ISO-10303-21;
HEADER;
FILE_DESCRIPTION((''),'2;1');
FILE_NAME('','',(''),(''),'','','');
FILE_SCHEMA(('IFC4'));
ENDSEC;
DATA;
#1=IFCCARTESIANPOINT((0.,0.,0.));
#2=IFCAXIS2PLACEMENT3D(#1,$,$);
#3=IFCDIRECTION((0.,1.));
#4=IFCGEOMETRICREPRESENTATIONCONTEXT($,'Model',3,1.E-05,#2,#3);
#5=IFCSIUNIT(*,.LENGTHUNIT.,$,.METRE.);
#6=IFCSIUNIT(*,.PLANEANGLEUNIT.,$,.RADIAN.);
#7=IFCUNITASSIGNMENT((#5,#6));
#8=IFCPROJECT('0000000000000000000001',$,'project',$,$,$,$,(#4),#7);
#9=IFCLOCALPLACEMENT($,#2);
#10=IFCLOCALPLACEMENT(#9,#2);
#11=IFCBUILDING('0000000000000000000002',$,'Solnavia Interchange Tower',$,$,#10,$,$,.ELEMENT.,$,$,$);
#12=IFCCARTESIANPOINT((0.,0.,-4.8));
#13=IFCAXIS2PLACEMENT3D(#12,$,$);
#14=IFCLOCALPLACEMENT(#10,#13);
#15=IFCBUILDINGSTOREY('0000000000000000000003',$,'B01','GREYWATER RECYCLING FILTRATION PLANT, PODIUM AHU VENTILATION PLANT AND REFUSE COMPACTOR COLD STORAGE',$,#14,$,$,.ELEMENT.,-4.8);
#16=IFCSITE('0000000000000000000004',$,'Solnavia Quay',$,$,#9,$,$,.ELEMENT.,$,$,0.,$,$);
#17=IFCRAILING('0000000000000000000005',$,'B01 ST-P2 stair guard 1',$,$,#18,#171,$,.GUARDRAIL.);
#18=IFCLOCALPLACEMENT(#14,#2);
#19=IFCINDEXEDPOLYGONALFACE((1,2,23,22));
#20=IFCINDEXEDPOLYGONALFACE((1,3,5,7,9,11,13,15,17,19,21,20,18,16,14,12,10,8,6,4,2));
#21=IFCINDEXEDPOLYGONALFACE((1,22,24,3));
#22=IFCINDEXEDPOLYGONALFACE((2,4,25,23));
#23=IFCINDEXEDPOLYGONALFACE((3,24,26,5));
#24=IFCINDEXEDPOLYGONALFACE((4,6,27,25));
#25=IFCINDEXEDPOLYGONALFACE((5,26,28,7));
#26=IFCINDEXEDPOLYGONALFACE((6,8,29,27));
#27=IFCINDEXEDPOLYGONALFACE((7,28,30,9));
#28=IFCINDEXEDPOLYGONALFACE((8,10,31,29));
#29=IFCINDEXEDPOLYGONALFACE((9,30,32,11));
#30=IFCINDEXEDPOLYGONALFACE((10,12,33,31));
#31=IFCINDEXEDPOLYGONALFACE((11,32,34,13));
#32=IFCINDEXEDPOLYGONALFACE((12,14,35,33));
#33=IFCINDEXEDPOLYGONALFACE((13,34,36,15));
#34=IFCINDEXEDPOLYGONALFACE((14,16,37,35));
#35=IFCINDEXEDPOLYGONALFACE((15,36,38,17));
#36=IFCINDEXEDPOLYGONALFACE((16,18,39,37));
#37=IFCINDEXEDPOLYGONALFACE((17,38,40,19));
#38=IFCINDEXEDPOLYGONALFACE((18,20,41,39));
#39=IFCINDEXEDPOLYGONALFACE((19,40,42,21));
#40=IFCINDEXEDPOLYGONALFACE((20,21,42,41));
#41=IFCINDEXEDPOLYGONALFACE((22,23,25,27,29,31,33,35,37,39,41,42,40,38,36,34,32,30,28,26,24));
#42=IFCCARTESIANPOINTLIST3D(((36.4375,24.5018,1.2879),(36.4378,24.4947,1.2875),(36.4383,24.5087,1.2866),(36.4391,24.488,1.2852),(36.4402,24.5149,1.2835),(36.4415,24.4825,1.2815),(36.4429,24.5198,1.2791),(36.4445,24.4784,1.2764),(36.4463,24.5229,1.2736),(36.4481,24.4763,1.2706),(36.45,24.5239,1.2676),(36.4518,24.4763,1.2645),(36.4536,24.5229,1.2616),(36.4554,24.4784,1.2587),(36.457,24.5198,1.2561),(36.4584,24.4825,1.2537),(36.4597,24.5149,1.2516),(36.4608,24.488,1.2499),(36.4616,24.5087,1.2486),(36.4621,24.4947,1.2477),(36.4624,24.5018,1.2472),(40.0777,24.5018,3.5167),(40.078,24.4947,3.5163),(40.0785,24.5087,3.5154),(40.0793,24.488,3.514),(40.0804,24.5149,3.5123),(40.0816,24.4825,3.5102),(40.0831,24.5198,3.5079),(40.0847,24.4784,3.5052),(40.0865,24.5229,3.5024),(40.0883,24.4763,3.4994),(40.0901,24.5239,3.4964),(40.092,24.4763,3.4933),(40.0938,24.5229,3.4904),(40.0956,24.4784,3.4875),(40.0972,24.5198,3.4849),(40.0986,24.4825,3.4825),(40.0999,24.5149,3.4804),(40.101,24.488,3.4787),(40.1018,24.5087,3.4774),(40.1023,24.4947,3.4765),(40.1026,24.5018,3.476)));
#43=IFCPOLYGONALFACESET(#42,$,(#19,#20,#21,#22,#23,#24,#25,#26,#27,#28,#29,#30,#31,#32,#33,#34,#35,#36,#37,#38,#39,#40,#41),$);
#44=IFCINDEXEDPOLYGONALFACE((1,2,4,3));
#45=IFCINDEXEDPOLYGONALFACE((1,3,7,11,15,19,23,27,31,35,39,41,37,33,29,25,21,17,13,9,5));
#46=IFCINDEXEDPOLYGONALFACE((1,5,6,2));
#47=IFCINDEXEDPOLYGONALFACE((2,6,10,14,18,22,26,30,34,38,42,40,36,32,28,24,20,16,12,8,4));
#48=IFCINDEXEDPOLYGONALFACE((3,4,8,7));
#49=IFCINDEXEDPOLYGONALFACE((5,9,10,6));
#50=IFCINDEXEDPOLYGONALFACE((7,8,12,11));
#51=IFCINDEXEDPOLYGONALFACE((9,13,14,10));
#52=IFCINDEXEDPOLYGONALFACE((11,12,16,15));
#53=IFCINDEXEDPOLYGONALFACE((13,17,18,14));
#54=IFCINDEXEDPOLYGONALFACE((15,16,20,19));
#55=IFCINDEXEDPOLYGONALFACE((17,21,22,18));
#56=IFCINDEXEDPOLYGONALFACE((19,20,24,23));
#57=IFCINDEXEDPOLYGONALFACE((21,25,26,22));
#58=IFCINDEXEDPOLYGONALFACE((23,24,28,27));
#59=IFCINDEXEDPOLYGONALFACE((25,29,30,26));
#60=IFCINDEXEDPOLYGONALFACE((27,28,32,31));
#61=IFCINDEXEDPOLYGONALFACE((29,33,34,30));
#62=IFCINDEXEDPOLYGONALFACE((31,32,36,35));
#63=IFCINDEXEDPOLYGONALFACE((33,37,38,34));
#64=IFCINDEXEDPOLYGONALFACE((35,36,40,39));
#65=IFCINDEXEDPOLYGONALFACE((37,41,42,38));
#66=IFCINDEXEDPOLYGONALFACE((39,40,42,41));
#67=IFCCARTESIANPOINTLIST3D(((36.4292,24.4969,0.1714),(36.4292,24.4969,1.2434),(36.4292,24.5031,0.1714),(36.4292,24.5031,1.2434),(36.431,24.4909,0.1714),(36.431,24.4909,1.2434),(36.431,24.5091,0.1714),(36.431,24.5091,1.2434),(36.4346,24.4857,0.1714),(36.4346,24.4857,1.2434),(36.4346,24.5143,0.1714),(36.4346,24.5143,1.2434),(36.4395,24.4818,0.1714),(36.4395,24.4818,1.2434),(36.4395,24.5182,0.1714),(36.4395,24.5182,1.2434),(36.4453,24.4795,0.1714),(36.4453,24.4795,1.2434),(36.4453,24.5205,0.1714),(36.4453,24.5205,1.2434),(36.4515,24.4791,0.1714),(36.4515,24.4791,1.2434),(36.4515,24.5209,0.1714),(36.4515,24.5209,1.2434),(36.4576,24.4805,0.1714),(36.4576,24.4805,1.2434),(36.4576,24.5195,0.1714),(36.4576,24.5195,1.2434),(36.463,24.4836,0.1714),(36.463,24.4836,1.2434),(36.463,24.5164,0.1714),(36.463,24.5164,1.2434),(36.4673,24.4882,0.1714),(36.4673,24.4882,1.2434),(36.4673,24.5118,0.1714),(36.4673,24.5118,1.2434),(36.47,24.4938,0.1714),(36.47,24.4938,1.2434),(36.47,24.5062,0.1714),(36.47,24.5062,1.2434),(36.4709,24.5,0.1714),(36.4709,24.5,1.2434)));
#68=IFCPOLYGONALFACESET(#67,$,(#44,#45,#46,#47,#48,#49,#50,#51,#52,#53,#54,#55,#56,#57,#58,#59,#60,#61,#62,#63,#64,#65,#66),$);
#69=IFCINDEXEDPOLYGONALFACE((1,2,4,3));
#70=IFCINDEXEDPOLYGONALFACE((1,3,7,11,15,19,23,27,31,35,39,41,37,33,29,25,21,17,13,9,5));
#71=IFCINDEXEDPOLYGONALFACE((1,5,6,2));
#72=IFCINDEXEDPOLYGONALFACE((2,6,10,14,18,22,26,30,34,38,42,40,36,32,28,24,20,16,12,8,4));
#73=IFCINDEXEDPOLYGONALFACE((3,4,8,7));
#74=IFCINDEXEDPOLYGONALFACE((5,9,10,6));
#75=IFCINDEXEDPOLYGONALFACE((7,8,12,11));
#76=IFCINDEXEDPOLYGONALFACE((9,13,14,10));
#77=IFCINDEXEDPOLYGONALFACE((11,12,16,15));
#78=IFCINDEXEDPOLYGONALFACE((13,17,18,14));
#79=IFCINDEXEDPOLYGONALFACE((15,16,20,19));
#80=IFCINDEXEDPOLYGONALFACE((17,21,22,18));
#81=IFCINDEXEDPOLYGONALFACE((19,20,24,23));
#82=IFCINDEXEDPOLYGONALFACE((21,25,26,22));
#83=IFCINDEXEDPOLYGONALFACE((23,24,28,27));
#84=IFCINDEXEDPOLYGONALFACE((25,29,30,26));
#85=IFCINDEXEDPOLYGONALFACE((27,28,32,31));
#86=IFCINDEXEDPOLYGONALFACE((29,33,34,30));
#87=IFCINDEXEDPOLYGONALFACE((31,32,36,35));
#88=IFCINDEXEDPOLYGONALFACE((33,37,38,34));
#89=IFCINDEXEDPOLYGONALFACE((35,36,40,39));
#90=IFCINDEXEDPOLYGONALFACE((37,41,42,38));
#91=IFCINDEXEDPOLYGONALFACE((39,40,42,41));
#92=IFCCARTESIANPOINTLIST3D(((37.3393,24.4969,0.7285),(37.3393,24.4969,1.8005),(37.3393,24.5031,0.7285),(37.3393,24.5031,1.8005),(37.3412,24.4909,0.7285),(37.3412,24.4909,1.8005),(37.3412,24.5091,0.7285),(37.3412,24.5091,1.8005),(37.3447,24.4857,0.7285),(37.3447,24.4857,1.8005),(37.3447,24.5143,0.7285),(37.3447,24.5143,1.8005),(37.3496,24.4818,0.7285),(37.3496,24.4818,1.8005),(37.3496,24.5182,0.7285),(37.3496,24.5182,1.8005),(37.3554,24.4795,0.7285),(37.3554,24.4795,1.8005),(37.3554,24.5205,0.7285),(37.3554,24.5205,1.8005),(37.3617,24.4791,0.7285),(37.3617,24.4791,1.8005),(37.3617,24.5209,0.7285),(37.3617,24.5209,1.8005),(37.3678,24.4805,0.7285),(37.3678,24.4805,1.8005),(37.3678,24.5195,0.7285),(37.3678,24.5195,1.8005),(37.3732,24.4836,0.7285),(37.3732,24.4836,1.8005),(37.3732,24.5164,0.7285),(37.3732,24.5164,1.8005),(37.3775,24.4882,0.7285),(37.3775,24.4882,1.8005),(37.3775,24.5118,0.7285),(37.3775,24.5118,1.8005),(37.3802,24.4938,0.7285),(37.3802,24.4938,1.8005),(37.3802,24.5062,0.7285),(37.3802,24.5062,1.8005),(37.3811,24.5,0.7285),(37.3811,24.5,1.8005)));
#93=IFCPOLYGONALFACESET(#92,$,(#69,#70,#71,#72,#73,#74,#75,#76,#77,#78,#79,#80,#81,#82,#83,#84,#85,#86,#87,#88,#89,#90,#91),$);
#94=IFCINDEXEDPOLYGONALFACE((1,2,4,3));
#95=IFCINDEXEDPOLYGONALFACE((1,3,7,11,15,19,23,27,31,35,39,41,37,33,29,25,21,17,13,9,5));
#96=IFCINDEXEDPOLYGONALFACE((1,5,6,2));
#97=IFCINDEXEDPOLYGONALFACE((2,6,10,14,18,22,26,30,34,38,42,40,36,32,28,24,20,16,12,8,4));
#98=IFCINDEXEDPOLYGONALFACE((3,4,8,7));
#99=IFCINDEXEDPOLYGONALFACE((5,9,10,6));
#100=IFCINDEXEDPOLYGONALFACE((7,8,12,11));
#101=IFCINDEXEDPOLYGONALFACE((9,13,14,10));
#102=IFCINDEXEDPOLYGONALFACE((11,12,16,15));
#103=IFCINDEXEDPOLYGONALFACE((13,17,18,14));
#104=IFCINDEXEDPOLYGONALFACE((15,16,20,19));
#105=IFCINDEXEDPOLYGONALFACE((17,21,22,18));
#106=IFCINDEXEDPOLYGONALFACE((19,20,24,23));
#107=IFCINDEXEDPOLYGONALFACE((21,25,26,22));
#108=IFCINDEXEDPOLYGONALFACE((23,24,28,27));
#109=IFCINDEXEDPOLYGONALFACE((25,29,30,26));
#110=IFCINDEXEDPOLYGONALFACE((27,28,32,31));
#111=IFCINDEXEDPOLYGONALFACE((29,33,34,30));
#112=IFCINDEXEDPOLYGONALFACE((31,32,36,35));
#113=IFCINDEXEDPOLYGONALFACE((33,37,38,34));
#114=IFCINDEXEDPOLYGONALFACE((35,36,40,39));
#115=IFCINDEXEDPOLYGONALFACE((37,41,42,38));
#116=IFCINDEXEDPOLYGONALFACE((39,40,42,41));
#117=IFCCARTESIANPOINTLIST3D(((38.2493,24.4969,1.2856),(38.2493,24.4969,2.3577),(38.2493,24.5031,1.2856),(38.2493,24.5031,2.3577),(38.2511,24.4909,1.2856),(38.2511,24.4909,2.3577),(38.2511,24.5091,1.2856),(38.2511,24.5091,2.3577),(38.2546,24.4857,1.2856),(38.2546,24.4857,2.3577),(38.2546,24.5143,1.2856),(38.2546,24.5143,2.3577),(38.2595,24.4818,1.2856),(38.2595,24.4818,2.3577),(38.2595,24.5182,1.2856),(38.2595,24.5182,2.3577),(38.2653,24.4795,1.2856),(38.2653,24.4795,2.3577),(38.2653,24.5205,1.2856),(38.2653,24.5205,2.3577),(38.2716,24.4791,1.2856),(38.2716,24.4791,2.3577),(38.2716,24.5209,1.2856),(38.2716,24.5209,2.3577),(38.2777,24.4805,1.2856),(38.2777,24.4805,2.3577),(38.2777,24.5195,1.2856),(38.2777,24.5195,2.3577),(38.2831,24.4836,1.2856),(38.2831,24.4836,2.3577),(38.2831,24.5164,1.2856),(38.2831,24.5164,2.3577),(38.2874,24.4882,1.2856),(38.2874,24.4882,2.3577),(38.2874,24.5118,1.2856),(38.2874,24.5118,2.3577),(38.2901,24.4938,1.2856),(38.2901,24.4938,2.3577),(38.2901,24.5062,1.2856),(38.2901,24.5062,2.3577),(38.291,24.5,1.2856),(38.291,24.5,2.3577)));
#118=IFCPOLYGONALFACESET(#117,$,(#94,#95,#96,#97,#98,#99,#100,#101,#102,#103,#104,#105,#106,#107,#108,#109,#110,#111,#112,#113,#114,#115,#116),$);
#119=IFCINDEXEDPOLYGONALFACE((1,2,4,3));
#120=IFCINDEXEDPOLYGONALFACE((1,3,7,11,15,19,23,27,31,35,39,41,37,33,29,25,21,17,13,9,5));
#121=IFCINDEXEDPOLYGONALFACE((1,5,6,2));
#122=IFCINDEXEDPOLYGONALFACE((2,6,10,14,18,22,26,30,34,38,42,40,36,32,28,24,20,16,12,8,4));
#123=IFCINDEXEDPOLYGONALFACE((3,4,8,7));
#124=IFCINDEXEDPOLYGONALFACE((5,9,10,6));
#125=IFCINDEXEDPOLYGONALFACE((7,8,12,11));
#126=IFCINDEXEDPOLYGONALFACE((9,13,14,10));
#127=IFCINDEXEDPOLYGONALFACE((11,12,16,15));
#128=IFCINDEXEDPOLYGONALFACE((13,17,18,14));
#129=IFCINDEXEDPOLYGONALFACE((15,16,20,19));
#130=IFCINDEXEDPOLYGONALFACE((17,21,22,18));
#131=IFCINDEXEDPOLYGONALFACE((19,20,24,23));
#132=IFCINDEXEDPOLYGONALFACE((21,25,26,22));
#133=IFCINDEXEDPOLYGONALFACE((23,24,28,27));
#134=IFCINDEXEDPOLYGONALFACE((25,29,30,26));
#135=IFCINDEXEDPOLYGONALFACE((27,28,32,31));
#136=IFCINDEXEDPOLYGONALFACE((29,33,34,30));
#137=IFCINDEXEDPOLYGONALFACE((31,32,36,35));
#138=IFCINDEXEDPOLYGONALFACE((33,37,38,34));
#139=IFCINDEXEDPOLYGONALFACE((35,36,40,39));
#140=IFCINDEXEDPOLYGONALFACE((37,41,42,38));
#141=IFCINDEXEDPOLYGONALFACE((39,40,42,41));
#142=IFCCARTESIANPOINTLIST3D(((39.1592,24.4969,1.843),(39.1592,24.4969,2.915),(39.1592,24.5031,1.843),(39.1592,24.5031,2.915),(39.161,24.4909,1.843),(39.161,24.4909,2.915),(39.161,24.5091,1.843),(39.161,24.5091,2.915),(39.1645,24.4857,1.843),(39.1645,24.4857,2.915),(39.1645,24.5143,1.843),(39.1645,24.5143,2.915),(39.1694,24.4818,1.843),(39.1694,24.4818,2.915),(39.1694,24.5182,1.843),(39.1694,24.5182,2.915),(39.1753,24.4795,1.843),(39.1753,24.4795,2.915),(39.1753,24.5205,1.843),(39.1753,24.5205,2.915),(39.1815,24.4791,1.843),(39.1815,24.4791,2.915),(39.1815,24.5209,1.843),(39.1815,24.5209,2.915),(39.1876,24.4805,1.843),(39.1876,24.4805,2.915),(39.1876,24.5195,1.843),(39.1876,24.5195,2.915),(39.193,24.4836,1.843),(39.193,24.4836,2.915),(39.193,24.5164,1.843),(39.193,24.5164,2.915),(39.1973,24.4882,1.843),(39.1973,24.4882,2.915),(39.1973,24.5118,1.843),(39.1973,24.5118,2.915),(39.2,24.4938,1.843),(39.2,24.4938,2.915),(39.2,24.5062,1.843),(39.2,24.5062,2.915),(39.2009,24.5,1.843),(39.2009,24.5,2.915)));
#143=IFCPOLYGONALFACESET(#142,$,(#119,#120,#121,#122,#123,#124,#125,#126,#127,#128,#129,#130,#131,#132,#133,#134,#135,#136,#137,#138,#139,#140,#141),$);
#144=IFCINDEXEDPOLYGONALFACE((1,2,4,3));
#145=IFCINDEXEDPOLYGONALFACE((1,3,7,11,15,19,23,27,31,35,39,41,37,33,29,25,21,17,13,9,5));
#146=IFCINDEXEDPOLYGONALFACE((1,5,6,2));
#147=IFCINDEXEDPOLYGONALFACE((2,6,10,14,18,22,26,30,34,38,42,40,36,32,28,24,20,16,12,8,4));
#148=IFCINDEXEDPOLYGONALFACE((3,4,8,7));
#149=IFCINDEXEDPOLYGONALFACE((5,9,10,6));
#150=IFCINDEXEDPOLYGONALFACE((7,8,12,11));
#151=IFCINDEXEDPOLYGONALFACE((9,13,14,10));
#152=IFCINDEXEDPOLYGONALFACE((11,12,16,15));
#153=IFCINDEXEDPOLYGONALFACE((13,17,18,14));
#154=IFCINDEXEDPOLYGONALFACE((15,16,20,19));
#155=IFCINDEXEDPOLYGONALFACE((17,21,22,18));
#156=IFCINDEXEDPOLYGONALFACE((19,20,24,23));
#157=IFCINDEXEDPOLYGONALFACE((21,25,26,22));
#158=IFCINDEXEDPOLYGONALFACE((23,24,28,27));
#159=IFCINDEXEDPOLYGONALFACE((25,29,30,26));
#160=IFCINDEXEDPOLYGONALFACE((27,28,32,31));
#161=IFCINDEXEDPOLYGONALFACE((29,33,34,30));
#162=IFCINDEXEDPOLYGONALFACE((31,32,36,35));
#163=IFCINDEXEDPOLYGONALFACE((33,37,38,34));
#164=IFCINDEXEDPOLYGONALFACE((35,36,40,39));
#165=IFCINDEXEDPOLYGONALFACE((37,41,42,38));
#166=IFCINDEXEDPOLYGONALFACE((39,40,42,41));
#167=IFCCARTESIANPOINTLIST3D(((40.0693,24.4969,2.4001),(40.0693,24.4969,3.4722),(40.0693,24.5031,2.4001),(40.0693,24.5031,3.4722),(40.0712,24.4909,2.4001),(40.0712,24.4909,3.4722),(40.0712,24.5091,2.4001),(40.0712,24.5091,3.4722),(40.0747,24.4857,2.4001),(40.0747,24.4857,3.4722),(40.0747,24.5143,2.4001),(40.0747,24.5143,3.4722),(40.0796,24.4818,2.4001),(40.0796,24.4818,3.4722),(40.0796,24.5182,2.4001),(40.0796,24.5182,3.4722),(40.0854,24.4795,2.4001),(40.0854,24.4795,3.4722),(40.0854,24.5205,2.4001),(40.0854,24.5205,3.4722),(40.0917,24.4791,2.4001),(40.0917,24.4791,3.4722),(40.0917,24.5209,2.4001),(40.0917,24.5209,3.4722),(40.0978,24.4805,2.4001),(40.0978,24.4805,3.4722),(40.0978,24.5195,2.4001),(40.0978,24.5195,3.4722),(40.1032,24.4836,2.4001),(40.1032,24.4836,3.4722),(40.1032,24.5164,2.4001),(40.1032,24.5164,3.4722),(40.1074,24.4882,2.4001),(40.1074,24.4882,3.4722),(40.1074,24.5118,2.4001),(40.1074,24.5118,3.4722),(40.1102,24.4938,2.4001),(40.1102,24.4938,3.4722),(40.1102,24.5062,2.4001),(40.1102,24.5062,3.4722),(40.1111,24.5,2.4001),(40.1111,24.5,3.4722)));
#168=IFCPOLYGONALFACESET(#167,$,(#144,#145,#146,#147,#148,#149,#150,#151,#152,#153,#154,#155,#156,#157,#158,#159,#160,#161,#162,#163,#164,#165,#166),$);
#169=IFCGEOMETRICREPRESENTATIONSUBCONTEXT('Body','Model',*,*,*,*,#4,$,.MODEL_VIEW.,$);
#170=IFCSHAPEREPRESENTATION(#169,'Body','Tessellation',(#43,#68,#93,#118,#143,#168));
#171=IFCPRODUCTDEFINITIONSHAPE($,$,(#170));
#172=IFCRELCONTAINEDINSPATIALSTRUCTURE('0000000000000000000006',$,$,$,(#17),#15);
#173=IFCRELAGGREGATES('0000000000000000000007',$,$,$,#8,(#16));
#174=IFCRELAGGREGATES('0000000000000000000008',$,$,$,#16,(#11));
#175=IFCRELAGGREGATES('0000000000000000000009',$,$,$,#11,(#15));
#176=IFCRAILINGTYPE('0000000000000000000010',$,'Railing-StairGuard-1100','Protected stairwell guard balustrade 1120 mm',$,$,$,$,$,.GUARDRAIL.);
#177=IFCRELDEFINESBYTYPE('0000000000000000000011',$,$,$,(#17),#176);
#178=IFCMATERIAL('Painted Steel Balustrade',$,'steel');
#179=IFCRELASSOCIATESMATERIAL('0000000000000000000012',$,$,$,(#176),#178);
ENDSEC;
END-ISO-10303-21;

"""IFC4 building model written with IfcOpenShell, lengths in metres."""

from ifc_helpers import new_model, si_unit, direction, frame, origin, origin_2d, place, context, subcontext, project, spatial, circle, extrude, material, type_object, element, save


model = new_model("IFC4")

# Units and contexts
model_context = context("Model", 3, precision=1e-05, world=origin(), true_north=direction((0.0, 1.0)))
body_context = subcontext(model_context, "Body", "Model", "MODEL_VIEW")
ifc_project = project(units=[si_unit("LENGTHUNIT", "METRE"), si_unit("PLANEANGLEUNIT", "RADIAN")], contexts=[model_context])

# Site, building, storey
site_placement = place(None, origin())
site = spatial("IfcSite", under=ifc_project, at=site_placement, Name="Solnavia Quay", CompositionType="ELEMENT", RefElevation=0.0)
building_placement = place(site_placement, origin())
building = spatial("IfcBuilding", under=site, at=building_placement, Name="Solnavia Interchange Tower", CompositionType="ELEMENT")
storey_placement = place(building_placement, frame((0.0, 0.0, -4.8)))
storey = spatial("IfcBuildingStorey", under=building, at=storey_placement, Name="B01", Description="GREYWATER RECYCLING FILTRATION PLANT, PODIUM AHU VENTILATION PLANT AND REFUSE COMPACTOR COLD STORAGE", CompositionType="ELEMENT", Elevation=-4.8)

# Railing
ifc_material_1 = material(Name="Painted Steel Balustrade", Category="steel")
railing_type_1 = type_object("IfcRailingType", Name="Railing-StairGuard-1100", Description="Protected stairwell guard balustrade 1120 mm", PredefinedType="GUARDRAIL", material=ifc_material_1)
railing_1_placement = place(storey_placement, frame((36.45, 24.5, 0.1714)))
element("IfcRailing", 1, at=railing_1_placement, inside=storey, type_object=railing_type_1, Name="B01 ST-P2 stair guard 1", PredefinedType="GUARDRAIL", context=body_context, shape_type="SweptSolid", body=[
    extrude(circle(Radius=0.0239, at=origin_2d()), frame((0.0, 0.0, 1.0962), z_axis=(0.85284, 0.0, 0.522172), x_axis=(0.0, 1.0, 0.0)), (0.0, 0.0, 1.0), 4.2683),
    extrude(circle(Radius=0.021, at=origin_2d()), origin(), (0.0, 0.0, 1.0), 1.072),
    extrude(circle(Radius=0.021, at=origin_2d()), frame((0.9102, 0.0, 0.5571)), (0.0, 0.0, 1.0), 1.072),
    extrude(circle(Radius=0.021, at=origin_2d()), frame((1.8201, 0.0, 1.1143)), (0.0, 0.0, 1.0), 1.072),
    extrude(circle(Radius=0.021, at=origin_2d()), frame((2.73, 0.0, 1.6716)), (0.0, 0.0, 1.0), 1.072),
    extrude(circle(Radius=0.021, at=origin_2d()), frame((3.6401, 0.0, 2.2288)), (0.0, 0.0, 1.0), 1.072),
])

save(model, "model.ifc")
